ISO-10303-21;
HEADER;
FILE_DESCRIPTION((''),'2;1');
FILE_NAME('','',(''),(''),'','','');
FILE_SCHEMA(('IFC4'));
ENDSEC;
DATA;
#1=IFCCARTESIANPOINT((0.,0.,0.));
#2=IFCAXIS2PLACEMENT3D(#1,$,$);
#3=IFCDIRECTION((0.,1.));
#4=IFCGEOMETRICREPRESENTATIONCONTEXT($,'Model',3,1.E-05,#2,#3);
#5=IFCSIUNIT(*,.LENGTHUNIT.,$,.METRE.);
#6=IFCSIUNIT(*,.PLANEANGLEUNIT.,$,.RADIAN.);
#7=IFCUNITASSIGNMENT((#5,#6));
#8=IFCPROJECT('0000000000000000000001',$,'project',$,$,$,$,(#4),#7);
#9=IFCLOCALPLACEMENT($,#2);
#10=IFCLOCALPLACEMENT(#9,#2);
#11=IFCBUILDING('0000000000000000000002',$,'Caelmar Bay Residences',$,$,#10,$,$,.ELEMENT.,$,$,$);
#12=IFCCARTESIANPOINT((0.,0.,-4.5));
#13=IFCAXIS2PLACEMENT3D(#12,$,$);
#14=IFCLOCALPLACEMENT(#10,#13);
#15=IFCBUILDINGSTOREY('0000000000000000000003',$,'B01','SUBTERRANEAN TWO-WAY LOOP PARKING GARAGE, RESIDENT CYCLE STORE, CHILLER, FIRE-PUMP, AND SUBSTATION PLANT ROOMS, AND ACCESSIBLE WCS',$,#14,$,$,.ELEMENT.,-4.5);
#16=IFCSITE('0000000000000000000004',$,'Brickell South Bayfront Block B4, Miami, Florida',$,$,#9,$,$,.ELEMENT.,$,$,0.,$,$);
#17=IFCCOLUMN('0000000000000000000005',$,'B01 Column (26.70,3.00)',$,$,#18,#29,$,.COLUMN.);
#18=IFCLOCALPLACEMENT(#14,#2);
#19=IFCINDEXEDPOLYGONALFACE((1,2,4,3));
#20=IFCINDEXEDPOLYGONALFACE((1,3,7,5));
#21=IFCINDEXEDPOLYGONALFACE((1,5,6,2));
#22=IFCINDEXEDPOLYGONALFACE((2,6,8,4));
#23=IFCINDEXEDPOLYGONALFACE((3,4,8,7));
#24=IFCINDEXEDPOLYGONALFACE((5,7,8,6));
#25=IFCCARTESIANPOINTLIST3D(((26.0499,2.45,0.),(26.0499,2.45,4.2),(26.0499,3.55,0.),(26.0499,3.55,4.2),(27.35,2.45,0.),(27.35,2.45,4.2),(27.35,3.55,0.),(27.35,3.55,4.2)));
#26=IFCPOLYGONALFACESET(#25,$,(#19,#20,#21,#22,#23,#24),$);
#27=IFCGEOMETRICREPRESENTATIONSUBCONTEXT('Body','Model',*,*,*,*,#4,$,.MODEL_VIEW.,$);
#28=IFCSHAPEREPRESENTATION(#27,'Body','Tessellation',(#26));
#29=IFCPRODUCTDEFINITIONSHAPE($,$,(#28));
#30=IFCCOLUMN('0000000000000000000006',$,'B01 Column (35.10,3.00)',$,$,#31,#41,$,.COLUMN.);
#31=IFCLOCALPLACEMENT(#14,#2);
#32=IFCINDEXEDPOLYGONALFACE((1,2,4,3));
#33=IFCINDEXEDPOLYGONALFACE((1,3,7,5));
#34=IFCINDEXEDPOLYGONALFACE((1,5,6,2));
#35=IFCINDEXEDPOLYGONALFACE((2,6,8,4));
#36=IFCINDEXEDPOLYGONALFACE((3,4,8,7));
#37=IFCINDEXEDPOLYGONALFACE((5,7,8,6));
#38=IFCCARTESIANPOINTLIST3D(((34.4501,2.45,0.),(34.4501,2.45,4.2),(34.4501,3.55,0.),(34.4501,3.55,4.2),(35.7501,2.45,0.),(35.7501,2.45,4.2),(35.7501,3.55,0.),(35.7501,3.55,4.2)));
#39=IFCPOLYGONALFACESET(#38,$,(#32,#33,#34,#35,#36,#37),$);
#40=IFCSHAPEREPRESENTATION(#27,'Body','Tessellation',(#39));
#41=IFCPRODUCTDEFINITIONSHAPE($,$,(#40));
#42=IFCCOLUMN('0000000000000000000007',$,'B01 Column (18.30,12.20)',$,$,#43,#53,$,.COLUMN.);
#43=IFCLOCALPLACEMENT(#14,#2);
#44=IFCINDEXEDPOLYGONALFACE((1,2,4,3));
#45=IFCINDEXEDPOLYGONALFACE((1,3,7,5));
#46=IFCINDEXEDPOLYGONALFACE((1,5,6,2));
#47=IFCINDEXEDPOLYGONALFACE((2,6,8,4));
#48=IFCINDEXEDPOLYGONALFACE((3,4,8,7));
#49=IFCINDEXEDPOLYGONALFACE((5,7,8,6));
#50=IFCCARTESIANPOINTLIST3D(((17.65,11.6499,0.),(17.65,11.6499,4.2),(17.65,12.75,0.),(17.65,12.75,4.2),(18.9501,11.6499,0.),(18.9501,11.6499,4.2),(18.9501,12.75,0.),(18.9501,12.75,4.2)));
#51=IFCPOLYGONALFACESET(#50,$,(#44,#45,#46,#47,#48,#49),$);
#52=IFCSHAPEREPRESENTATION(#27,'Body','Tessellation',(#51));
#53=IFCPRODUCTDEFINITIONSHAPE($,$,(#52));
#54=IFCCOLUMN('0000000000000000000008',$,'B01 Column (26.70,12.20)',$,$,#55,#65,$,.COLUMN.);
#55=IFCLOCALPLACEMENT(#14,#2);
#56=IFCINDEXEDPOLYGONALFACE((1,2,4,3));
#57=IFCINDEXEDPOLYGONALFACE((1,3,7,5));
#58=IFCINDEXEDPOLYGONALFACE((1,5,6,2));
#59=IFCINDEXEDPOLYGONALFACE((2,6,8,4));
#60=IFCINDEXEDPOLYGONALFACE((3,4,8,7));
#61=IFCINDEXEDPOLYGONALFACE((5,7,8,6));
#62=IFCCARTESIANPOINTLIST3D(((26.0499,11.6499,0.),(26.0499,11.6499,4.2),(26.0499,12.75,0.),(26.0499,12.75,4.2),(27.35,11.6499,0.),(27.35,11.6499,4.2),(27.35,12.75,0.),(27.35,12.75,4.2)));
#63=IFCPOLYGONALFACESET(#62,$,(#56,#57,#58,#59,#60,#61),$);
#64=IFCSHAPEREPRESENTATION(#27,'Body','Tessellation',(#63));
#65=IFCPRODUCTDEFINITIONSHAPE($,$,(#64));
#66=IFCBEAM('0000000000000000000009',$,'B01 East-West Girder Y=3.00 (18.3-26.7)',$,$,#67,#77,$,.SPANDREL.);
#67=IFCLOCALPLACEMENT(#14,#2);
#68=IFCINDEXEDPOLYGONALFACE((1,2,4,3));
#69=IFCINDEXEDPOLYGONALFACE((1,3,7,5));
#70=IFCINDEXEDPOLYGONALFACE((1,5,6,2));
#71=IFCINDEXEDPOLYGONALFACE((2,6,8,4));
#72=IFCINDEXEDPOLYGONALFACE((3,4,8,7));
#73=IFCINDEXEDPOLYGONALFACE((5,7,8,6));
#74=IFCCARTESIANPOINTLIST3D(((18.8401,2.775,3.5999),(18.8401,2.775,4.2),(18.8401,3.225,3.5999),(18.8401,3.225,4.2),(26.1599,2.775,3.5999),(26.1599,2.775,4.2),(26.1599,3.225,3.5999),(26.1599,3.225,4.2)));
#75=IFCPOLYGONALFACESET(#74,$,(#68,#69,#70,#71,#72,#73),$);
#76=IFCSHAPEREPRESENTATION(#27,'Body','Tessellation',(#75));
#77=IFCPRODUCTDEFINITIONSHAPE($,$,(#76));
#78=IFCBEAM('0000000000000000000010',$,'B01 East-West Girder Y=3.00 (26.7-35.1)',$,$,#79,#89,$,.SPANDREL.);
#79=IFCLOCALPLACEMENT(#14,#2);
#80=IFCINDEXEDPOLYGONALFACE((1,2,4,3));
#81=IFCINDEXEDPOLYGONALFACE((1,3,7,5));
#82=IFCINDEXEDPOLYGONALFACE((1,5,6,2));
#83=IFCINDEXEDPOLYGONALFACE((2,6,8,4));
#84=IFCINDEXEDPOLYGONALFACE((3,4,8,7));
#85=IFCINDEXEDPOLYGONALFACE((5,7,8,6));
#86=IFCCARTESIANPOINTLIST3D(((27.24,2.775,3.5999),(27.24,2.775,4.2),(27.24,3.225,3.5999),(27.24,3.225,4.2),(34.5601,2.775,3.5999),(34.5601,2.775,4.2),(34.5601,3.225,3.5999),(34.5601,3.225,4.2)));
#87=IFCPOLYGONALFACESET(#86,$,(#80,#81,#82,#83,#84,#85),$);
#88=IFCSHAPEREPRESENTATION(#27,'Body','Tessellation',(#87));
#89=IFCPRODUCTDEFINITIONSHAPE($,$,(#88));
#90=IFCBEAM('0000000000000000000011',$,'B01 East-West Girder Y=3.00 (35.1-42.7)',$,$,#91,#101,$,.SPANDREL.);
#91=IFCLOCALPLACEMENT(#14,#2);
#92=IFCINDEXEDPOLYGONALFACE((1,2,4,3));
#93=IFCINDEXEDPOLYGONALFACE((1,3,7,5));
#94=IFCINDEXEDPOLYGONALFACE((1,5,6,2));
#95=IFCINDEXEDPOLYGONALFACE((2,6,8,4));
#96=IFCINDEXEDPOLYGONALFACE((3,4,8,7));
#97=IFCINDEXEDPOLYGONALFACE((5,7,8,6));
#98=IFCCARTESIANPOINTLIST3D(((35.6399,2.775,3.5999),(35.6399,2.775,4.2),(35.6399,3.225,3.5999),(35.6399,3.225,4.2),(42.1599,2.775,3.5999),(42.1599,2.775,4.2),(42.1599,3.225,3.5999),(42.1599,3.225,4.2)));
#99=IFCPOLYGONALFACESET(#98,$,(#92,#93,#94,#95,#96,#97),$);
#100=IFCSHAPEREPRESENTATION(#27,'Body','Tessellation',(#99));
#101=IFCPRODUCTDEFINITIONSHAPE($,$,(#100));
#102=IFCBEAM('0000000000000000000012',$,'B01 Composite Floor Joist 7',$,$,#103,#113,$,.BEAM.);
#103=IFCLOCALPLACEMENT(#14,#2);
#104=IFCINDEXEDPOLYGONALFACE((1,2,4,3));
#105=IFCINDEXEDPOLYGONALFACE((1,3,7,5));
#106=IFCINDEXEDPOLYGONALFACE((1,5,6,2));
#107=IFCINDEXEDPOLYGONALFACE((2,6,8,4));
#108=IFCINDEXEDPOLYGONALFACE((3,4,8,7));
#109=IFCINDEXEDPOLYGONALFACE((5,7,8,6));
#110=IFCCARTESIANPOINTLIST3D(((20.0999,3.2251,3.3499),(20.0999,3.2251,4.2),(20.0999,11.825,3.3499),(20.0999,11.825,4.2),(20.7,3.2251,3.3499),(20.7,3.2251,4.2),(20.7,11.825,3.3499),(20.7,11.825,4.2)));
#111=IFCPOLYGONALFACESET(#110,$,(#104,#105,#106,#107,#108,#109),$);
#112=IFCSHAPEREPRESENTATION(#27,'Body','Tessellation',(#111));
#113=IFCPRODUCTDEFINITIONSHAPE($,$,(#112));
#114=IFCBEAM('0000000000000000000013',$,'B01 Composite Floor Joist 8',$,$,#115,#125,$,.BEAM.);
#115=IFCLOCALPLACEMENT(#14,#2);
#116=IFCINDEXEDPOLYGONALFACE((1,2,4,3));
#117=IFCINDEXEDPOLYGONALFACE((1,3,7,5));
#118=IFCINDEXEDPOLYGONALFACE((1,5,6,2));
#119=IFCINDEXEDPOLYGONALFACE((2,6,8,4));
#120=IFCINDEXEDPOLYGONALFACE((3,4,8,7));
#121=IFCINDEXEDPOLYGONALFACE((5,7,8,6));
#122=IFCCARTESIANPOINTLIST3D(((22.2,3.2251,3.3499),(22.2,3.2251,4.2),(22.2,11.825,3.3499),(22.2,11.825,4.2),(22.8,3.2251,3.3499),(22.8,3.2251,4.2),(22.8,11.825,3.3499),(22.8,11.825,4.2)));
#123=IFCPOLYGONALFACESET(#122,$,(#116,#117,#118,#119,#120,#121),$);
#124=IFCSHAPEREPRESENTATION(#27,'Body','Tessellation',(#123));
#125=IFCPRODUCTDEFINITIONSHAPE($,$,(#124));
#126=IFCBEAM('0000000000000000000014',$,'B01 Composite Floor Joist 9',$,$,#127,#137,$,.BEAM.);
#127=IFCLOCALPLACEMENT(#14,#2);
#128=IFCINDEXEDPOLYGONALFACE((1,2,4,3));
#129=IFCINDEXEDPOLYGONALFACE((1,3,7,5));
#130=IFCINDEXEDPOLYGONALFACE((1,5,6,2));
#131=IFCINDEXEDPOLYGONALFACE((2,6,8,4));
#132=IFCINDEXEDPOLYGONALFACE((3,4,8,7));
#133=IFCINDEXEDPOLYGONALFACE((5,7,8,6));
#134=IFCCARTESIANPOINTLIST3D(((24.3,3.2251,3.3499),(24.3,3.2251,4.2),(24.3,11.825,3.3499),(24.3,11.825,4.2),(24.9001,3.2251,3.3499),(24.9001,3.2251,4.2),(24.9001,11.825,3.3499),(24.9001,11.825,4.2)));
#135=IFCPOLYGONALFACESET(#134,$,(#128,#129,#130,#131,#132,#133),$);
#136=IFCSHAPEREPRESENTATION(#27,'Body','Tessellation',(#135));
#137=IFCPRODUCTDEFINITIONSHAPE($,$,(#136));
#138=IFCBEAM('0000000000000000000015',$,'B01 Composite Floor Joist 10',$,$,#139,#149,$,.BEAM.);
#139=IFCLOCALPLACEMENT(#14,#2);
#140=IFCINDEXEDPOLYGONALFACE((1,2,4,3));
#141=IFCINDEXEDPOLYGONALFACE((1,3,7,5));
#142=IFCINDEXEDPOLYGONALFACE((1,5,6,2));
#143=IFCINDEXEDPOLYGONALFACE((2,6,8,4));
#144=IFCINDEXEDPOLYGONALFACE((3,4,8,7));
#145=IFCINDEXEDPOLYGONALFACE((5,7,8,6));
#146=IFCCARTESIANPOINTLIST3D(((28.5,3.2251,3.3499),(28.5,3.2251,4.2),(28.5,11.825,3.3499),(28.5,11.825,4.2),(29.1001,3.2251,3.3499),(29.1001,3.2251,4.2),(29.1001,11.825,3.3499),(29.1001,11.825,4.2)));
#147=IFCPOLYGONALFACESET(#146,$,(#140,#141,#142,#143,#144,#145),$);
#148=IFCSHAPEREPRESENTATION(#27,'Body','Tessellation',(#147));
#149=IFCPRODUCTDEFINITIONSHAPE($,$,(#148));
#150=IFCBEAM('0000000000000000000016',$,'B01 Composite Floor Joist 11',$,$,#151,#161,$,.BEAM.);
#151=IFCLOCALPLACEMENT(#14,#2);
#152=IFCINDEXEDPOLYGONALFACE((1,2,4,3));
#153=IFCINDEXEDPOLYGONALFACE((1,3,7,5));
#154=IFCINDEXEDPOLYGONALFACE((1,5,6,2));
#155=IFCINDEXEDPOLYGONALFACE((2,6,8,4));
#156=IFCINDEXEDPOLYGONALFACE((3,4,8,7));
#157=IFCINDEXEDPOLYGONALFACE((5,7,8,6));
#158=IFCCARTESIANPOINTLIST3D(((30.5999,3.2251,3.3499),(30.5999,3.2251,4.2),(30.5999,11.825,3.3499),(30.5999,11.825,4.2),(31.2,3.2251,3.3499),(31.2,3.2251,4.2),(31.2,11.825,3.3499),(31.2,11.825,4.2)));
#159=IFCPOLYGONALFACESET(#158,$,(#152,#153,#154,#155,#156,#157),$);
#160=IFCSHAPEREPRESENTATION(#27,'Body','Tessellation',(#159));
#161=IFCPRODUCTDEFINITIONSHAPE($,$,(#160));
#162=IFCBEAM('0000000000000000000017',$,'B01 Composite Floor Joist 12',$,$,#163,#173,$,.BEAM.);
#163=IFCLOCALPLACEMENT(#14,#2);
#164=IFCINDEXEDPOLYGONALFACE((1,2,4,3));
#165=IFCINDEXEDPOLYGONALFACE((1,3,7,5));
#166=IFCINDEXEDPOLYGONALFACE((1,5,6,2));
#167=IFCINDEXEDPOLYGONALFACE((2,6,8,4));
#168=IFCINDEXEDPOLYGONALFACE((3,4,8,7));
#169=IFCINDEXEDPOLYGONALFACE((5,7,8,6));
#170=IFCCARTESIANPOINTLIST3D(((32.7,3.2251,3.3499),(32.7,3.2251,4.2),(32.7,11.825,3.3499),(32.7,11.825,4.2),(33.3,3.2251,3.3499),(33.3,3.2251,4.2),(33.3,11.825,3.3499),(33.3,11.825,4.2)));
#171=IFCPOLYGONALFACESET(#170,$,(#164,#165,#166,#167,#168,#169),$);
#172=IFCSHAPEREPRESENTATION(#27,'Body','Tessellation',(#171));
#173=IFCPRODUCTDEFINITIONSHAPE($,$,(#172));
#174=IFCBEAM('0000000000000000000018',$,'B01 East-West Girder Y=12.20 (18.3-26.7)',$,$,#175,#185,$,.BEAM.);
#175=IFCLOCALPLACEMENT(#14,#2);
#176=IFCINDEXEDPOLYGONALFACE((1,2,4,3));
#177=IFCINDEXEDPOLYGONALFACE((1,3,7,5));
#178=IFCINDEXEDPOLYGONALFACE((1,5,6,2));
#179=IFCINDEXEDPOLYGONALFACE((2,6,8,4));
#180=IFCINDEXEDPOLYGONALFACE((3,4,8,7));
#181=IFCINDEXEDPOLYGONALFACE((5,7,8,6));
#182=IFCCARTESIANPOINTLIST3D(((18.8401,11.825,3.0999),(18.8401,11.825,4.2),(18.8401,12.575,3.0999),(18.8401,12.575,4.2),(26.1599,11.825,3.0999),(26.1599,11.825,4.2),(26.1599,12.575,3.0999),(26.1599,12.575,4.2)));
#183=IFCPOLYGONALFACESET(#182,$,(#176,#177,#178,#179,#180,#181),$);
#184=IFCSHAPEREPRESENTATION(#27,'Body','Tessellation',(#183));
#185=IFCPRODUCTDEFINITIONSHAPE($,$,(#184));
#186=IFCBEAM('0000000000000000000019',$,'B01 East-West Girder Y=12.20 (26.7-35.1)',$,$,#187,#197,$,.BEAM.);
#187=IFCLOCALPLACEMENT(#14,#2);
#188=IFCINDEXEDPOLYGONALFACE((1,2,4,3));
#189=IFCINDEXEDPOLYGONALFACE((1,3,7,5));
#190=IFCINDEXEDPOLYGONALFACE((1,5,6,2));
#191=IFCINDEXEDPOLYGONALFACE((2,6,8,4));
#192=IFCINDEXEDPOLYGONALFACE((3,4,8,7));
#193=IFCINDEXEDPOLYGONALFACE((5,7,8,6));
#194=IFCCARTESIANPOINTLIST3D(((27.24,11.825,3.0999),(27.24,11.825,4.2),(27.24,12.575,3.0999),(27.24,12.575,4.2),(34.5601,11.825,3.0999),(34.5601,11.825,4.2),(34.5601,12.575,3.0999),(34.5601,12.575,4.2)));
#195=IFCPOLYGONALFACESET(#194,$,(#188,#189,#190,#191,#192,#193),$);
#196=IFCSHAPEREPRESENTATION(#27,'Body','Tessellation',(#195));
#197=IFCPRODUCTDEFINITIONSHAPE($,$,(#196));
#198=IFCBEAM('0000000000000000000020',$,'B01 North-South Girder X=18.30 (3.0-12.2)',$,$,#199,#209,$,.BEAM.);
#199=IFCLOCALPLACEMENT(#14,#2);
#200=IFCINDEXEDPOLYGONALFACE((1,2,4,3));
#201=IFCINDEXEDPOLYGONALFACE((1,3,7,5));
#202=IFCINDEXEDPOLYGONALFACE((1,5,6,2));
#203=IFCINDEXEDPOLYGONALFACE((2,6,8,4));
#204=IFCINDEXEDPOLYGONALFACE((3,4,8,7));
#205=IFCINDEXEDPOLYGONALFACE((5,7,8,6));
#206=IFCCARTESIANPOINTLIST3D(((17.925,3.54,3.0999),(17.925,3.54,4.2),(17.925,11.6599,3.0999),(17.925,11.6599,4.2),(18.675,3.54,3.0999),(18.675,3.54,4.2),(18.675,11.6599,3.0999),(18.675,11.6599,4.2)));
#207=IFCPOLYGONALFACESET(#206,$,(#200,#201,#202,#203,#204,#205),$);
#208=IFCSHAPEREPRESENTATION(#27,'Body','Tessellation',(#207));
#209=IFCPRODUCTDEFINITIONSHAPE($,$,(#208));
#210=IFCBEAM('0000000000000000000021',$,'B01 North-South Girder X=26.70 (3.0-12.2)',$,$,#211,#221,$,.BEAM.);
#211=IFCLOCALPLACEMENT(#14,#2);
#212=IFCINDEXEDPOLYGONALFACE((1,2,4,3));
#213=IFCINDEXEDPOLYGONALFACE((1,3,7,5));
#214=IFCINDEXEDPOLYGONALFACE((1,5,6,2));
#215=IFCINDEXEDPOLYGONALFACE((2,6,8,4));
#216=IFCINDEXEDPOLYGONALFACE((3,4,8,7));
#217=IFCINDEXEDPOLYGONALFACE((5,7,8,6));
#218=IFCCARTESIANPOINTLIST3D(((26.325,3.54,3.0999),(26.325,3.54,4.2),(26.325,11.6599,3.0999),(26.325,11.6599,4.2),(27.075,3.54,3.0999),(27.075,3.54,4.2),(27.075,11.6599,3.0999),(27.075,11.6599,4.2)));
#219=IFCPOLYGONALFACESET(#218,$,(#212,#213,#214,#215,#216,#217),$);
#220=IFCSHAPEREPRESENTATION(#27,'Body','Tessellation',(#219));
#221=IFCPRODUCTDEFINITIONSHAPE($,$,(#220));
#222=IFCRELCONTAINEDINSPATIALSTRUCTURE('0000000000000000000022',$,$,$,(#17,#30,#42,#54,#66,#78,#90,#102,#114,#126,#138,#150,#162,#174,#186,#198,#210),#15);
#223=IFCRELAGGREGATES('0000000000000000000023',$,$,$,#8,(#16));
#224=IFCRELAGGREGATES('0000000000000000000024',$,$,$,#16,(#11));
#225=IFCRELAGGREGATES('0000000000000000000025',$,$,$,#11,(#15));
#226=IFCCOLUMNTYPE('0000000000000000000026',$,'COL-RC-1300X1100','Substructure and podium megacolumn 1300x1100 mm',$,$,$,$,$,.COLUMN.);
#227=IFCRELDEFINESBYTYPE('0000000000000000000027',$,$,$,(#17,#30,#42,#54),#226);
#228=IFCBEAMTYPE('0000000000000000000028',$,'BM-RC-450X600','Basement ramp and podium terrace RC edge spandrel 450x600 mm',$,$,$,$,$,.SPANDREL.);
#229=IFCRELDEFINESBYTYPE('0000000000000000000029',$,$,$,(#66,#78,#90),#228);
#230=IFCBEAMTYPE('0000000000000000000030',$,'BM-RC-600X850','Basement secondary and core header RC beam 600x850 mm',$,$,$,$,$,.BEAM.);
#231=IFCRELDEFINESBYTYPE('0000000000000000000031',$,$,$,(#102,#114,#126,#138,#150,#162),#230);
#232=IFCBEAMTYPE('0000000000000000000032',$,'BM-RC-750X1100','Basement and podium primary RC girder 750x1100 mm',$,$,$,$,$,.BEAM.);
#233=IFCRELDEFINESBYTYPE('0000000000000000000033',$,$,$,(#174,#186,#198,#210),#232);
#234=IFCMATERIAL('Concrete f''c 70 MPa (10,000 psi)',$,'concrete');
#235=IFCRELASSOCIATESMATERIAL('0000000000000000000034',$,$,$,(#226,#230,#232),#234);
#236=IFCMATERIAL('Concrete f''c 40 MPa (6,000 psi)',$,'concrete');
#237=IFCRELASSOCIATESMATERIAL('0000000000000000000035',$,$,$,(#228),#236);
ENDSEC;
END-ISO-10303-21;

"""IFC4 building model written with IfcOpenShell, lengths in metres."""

from ifc_helpers import new_model, si_unit, direction, frame, origin, origin_2d, place, context, subcontext, project, spatial, rectangle, extrude, material, material_profile, profile_set, type_object, element, save


model = new_model("IFC4")

# Units and contexts
model_context = context("Model", 3, precision=1e-05, world=origin(), true_north=direction((0.0, 1.0)))
body_context = subcontext(model_context, "Body", "Model", "MODEL_VIEW")
ifc_project = project(units=[si_unit("LENGTHUNIT", "METRE"), si_unit("PLANEANGLEUNIT", "RADIAN")], contexts=[model_context])

# Site, building, storey
site_placement = place(None, origin())
site = spatial("IfcSite", under=ifc_project, at=site_placement, Name="Brickell South Bayfront Block B4, Miami, Florida", CompositionType="ELEMENT", RefElevation=0.0)
building_placement = place(site_placement, origin())
building = spatial("IfcBuilding", under=site, at=building_placement, Name="Caelmar Bay Residences", CompositionType="ELEMENT")
storey_placement = place(building_placement, frame((0.0, 0.0, -4.5)))
storey = spatial("IfcBuildingStorey", under=building, at=storey_placement, Name="B01", Description="SUBTERRANEAN TWO-WAY LOOP PARKING GARAGE, RESIDENT CYCLE STORE, CHILLER, FIRE-PUMP, AND SUBSTATION PLANT ROOMS, AND ACCESSIBLE WCS", CompositionType="ELEMENT", Elevation=-4.5)

# Columns
ifc_material_1 = material(Name="Concrete f'c 70 MPa (10,000 psi)", Category="concrete")
ifc_material_profile_1 = material_profile(ifc_material_1, rectangle(XDim=1.3, YDim=1.1001, at=origin_2d()), Name="RC-COL-1300X1100")
ifc_profile_set_1 = profile_set([ifc_material_profile_1], Name="Concrete f'c 70 MPa (10,000 psi)")
column_type = type_object("IfcColumnType", Name="COL-RC-1300X1100", Description="Substructure and podium megacolumn 1300x1100 mm", PredefinedType="COLUMN", material=ifc_profile_set_1)
for number, where, z_axis, x_axis, name in (
    (1, (26.7, 3.0, 0.0), (0.0, 0.0, 1.0), (1.0, 0.0, 0.0), "B01 Column (26.70,3.00)"),
    (2, (35.1001, 3.0, 0.0), (0.0, 0.0, 1.0), (1.0, 0.0, 0.0), "B01 Column (35.10,3.00)"),
    (3, (18.3, 12.2, 0.0), (0.0, 0.0, 1.0), (1.0, 0.0, 0.0), "B01 Column (18.30,12.20)"),
    (4, (26.7, 12.2, 0.0), (0.0, 0.0, 1.0), (1.0, 0.0, 0.0), "B01 Column (26.70,12.20)"),
):
    element("IfcColumn", number, at=place(storey_placement, frame(where, z_axis=z_axis, x_axis=x_axis)), inside=storey, type_object=column_type, Name=name, PredefinedType="COLUMN", context=body_context, shape_type="SweptSolid", body=[
        extrude(rectangle(XDim=1.3, YDim=1.1001, at=origin_2d()), origin(), (0.0, 0.0, 1.0), 4.2),
    ])

# Beams
ifc_material_2 = material(Name="Concrete f'c 40 MPa (6,000 psi)", Category="concrete")
ifc_material_profile_2 = material_profile(ifc_material_2, rectangle(XDim=0.45, YDim=0.6001, at=origin_2d()), Name="RC-BM-450X600")
ifc_profile_set_2 = profile_set([ifc_material_profile_2], Name="Concrete f'c 40 MPa (6,000 psi)")
beam_type_1 = type_object("IfcBeamType", Name="BM-RC-450X600", Description="Basement ramp and podium terrace RC edge spandrel 450x600 mm", PredefinedType="SPANDREL", material=ifc_profile_set_2)
beam_1_placement = place(storey_placement, frame((18.8401, 3.0, 3.8999), z_axis=(1.0, 0.0, 0.0), x_axis=(0.0, 1.0, 0.0)))
element("IfcBeam", 5, at=beam_1_placement, inside=storey, type_object=beam_type_1, Name="B01 East-West Girder Y=3.00 (18.3-26.7)", PredefinedType="SPANDREL", context=body_context, shape_type="SweptSolid", body=[
    extrude(rectangle(XDim=0.45, YDim=0.6001, at=origin_2d()), origin(), (0.0, 0.0, 1.0), 7.3198),
])
beam_2_placement = place(storey_placement, frame((27.24, 3.0, 3.8999), z_axis=(1.0, 0.0, 0.0), x_axis=(0.0, 1.0, 0.0)))
element("IfcBeam", 6, at=beam_2_placement, inside=storey, type_object=beam_type_1, Name="B01 East-West Girder Y=3.00 (26.7-35.1)", PredefinedType="SPANDREL", context=body_context, shape_type="SweptSolid", body=[
    extrude(rectangle(XDim=0.45, YDim=0.6001, at=origin_2d()), origin(), (0.0, 0.0, 1.0), 7.3201),
])
beam_3_placement = place(storey_placement, frame((35.6399, 3.0, 3.8999), z_axis=(1.0, 0.0, 0.0), x_axis=(0.0, 1.0, 0.0)))
element("IfcBeam", 7, at=beam_3_placement, inside=storey, type_object=beam_type_1, Name="B01 East-West Girder Y=3.00 (35.1-42.7)", PredefinedType="SPANDREL", context=body_context, shape_type="SweptSolid", body=[
    extrude(rectangle(XDim=0.45, YDim=0.6001, at=origin_2d()), origin(), (0.0, 0.0, 1.0), 6.52),
])
ifc_material_profile_3 = material_profile(ifc_material_1, rectangle(XDim=0.6001, YDim=0.8501, at=origin_2d()), Name="RC-BM-600X850")
ifc_profile_set_3 = profile_set([ifc_material_profile_3], Name="Concrete f'c 70 MPa (10,000 psi)")
beam_type_2 = type_object("IfcBeamType", Name="BM-RC-600X850", Description="Basement secondary and core header RC beam 600x850 mm", PredefinedType="BEAM", material=ifc_profile_set_3)
for number, where, z_axis, x_axis, name in (
    (8, (20.3999, 3.2251, 3.7749), (0.0, 1.0, 0.0), (-1.0, 0.0, 0.0), "B01 Composite Floor Joist 7"),
    (9, (22.5, 3.2251, 3.7749), (0.0, 1.0, 0.0), (-1.0, 0.0, 0.0), "B01 Composite Floor Joist 8"),
    (10, (24.6001, 3.2251, 3.7749), (0.0, 1.0, 0.0), (-1.0, 0.0, 0.0), "B01 Composite Floor Joist 9"),
    (11, (28.8, 3.2251, 3.7749), (0.0, 1.0, 0.0), (-1.0, 0.0, 0.0), "B01 Composite Floor Joist 10"),
    (12, (30.8999, 3.2251, 3.7749), (0.0, 1.0, 0.0), (-1.0, 0.0, 0.0), "B01 Composite Floor Joist 11"),
    (13, (33.0, 3.2251, 3.7749), (0.0, 1.0, 0.0), (-1.0, 0.0, 0.0), "B01 Composite Floor Joist 12"),
):
    element("IfcBeam", number, at=place(storey_placement, frame(where, z_axis=z_axis, x_axis=x_axis)), inside=storey, type_object=beam_type_2, Name=name, PredefinedType="BEAM", context=body_context, shape_type="SweptSolid", body=[
        extrude(rectangle(XDim=0.6001, YDim=0.8501, at=origin_2d()), origin(), (0.0, 0.0, 1.0), 8.5999),
    ])
ifc_material_profile_4 = material_profile(ifc_material_1, rectangle(XDim=0.75, YDim=1.1001, at=origin_2d()), Name="RC-BM-750X1100")
ifc_profile_set_4 = profile_set([ifc_material_profile_4], Name="Concrete f'c 70 MPa (10,000 psi)")
beam_type_3 = type_object("IfcBeamType", Name="BM-RC-750X1100", Description="Basement and podium primary RC girder 750x1100 mm", PredefinedType="BEAM", material=ifc_profile_set_4)
beam_4_placement = place(storey_placement, frame((18.8401, 12.2, 3.6499), z_axis=(1.0, 0.0, 0.0), x_axis=(0.0, 1.0, 0.0)))
element("IfcBeam", 14, at=beam_4_placement, inside=storey, type_object=beam_type_3, Name="B01 East-West Girder Y=12.20 (18.3-26.7)", PredefinedType="BEAM", context=body_context, shape_type="SweptSolid", body=[
    extrude(rectangle(XDim=0.75, YDim=1.1001, at=origin_2d()), origin(), (0.0, 0.0, 1.0), 7.3198),
])
beam_5_placement = place(storey_placement, frame((27.24, 12.2, 3.6499), z_axis=(1.0, 0.0, 0.0), x_axis=(0.0, 1.0, 0.0)))
element("IfcBeam", 15, at=beam_5_placement, inside=storey, type_object=beam_type_3, Name="B01 East-West Girder Y=12.20 (26.7-35.1)", PredefinedType="BEAM", context=body_context, shape_type="SweptSolid", body=[
    extrude(rectangle(XDim=0.75, YDim=1.1001, at=origin_2d()), origin(), (0.0, 0.0, 1.0), 7.3201),
])
for number, where, z_axis, x_axis, name in (
    (16, (18.3, 3.54, 3.6499), (0.0, 1.0, 0.0), (-1.0, 0.0, 0.0), "B01 North-South Girder X=18.30 (3.0-12.2)"),
    (17, (26.7, 3.54, 3.6499), (0.0, 1.0, 0.0), (-1.0, 0.0, 0.0), "B01 North-South Girder X=26.70 (3.0-12.2)"),
):
    element("IfcBeam", number, at=place(storey_placement, frame(where, z_axis=z_axis, x_axis=x_axis)), inside=storey, type_object=beam_type_3, Name=name, PredefinedType="BEAM", context=body_context, shape_type="SweptSolid", body=[
        extrude(rectangle(XDim=0.75, YDim=1.1001, at=origin_2d()), origin(), (0.0, 0.0, 1.0), 8.1199),
    ])

save(model, "model.ifc")
